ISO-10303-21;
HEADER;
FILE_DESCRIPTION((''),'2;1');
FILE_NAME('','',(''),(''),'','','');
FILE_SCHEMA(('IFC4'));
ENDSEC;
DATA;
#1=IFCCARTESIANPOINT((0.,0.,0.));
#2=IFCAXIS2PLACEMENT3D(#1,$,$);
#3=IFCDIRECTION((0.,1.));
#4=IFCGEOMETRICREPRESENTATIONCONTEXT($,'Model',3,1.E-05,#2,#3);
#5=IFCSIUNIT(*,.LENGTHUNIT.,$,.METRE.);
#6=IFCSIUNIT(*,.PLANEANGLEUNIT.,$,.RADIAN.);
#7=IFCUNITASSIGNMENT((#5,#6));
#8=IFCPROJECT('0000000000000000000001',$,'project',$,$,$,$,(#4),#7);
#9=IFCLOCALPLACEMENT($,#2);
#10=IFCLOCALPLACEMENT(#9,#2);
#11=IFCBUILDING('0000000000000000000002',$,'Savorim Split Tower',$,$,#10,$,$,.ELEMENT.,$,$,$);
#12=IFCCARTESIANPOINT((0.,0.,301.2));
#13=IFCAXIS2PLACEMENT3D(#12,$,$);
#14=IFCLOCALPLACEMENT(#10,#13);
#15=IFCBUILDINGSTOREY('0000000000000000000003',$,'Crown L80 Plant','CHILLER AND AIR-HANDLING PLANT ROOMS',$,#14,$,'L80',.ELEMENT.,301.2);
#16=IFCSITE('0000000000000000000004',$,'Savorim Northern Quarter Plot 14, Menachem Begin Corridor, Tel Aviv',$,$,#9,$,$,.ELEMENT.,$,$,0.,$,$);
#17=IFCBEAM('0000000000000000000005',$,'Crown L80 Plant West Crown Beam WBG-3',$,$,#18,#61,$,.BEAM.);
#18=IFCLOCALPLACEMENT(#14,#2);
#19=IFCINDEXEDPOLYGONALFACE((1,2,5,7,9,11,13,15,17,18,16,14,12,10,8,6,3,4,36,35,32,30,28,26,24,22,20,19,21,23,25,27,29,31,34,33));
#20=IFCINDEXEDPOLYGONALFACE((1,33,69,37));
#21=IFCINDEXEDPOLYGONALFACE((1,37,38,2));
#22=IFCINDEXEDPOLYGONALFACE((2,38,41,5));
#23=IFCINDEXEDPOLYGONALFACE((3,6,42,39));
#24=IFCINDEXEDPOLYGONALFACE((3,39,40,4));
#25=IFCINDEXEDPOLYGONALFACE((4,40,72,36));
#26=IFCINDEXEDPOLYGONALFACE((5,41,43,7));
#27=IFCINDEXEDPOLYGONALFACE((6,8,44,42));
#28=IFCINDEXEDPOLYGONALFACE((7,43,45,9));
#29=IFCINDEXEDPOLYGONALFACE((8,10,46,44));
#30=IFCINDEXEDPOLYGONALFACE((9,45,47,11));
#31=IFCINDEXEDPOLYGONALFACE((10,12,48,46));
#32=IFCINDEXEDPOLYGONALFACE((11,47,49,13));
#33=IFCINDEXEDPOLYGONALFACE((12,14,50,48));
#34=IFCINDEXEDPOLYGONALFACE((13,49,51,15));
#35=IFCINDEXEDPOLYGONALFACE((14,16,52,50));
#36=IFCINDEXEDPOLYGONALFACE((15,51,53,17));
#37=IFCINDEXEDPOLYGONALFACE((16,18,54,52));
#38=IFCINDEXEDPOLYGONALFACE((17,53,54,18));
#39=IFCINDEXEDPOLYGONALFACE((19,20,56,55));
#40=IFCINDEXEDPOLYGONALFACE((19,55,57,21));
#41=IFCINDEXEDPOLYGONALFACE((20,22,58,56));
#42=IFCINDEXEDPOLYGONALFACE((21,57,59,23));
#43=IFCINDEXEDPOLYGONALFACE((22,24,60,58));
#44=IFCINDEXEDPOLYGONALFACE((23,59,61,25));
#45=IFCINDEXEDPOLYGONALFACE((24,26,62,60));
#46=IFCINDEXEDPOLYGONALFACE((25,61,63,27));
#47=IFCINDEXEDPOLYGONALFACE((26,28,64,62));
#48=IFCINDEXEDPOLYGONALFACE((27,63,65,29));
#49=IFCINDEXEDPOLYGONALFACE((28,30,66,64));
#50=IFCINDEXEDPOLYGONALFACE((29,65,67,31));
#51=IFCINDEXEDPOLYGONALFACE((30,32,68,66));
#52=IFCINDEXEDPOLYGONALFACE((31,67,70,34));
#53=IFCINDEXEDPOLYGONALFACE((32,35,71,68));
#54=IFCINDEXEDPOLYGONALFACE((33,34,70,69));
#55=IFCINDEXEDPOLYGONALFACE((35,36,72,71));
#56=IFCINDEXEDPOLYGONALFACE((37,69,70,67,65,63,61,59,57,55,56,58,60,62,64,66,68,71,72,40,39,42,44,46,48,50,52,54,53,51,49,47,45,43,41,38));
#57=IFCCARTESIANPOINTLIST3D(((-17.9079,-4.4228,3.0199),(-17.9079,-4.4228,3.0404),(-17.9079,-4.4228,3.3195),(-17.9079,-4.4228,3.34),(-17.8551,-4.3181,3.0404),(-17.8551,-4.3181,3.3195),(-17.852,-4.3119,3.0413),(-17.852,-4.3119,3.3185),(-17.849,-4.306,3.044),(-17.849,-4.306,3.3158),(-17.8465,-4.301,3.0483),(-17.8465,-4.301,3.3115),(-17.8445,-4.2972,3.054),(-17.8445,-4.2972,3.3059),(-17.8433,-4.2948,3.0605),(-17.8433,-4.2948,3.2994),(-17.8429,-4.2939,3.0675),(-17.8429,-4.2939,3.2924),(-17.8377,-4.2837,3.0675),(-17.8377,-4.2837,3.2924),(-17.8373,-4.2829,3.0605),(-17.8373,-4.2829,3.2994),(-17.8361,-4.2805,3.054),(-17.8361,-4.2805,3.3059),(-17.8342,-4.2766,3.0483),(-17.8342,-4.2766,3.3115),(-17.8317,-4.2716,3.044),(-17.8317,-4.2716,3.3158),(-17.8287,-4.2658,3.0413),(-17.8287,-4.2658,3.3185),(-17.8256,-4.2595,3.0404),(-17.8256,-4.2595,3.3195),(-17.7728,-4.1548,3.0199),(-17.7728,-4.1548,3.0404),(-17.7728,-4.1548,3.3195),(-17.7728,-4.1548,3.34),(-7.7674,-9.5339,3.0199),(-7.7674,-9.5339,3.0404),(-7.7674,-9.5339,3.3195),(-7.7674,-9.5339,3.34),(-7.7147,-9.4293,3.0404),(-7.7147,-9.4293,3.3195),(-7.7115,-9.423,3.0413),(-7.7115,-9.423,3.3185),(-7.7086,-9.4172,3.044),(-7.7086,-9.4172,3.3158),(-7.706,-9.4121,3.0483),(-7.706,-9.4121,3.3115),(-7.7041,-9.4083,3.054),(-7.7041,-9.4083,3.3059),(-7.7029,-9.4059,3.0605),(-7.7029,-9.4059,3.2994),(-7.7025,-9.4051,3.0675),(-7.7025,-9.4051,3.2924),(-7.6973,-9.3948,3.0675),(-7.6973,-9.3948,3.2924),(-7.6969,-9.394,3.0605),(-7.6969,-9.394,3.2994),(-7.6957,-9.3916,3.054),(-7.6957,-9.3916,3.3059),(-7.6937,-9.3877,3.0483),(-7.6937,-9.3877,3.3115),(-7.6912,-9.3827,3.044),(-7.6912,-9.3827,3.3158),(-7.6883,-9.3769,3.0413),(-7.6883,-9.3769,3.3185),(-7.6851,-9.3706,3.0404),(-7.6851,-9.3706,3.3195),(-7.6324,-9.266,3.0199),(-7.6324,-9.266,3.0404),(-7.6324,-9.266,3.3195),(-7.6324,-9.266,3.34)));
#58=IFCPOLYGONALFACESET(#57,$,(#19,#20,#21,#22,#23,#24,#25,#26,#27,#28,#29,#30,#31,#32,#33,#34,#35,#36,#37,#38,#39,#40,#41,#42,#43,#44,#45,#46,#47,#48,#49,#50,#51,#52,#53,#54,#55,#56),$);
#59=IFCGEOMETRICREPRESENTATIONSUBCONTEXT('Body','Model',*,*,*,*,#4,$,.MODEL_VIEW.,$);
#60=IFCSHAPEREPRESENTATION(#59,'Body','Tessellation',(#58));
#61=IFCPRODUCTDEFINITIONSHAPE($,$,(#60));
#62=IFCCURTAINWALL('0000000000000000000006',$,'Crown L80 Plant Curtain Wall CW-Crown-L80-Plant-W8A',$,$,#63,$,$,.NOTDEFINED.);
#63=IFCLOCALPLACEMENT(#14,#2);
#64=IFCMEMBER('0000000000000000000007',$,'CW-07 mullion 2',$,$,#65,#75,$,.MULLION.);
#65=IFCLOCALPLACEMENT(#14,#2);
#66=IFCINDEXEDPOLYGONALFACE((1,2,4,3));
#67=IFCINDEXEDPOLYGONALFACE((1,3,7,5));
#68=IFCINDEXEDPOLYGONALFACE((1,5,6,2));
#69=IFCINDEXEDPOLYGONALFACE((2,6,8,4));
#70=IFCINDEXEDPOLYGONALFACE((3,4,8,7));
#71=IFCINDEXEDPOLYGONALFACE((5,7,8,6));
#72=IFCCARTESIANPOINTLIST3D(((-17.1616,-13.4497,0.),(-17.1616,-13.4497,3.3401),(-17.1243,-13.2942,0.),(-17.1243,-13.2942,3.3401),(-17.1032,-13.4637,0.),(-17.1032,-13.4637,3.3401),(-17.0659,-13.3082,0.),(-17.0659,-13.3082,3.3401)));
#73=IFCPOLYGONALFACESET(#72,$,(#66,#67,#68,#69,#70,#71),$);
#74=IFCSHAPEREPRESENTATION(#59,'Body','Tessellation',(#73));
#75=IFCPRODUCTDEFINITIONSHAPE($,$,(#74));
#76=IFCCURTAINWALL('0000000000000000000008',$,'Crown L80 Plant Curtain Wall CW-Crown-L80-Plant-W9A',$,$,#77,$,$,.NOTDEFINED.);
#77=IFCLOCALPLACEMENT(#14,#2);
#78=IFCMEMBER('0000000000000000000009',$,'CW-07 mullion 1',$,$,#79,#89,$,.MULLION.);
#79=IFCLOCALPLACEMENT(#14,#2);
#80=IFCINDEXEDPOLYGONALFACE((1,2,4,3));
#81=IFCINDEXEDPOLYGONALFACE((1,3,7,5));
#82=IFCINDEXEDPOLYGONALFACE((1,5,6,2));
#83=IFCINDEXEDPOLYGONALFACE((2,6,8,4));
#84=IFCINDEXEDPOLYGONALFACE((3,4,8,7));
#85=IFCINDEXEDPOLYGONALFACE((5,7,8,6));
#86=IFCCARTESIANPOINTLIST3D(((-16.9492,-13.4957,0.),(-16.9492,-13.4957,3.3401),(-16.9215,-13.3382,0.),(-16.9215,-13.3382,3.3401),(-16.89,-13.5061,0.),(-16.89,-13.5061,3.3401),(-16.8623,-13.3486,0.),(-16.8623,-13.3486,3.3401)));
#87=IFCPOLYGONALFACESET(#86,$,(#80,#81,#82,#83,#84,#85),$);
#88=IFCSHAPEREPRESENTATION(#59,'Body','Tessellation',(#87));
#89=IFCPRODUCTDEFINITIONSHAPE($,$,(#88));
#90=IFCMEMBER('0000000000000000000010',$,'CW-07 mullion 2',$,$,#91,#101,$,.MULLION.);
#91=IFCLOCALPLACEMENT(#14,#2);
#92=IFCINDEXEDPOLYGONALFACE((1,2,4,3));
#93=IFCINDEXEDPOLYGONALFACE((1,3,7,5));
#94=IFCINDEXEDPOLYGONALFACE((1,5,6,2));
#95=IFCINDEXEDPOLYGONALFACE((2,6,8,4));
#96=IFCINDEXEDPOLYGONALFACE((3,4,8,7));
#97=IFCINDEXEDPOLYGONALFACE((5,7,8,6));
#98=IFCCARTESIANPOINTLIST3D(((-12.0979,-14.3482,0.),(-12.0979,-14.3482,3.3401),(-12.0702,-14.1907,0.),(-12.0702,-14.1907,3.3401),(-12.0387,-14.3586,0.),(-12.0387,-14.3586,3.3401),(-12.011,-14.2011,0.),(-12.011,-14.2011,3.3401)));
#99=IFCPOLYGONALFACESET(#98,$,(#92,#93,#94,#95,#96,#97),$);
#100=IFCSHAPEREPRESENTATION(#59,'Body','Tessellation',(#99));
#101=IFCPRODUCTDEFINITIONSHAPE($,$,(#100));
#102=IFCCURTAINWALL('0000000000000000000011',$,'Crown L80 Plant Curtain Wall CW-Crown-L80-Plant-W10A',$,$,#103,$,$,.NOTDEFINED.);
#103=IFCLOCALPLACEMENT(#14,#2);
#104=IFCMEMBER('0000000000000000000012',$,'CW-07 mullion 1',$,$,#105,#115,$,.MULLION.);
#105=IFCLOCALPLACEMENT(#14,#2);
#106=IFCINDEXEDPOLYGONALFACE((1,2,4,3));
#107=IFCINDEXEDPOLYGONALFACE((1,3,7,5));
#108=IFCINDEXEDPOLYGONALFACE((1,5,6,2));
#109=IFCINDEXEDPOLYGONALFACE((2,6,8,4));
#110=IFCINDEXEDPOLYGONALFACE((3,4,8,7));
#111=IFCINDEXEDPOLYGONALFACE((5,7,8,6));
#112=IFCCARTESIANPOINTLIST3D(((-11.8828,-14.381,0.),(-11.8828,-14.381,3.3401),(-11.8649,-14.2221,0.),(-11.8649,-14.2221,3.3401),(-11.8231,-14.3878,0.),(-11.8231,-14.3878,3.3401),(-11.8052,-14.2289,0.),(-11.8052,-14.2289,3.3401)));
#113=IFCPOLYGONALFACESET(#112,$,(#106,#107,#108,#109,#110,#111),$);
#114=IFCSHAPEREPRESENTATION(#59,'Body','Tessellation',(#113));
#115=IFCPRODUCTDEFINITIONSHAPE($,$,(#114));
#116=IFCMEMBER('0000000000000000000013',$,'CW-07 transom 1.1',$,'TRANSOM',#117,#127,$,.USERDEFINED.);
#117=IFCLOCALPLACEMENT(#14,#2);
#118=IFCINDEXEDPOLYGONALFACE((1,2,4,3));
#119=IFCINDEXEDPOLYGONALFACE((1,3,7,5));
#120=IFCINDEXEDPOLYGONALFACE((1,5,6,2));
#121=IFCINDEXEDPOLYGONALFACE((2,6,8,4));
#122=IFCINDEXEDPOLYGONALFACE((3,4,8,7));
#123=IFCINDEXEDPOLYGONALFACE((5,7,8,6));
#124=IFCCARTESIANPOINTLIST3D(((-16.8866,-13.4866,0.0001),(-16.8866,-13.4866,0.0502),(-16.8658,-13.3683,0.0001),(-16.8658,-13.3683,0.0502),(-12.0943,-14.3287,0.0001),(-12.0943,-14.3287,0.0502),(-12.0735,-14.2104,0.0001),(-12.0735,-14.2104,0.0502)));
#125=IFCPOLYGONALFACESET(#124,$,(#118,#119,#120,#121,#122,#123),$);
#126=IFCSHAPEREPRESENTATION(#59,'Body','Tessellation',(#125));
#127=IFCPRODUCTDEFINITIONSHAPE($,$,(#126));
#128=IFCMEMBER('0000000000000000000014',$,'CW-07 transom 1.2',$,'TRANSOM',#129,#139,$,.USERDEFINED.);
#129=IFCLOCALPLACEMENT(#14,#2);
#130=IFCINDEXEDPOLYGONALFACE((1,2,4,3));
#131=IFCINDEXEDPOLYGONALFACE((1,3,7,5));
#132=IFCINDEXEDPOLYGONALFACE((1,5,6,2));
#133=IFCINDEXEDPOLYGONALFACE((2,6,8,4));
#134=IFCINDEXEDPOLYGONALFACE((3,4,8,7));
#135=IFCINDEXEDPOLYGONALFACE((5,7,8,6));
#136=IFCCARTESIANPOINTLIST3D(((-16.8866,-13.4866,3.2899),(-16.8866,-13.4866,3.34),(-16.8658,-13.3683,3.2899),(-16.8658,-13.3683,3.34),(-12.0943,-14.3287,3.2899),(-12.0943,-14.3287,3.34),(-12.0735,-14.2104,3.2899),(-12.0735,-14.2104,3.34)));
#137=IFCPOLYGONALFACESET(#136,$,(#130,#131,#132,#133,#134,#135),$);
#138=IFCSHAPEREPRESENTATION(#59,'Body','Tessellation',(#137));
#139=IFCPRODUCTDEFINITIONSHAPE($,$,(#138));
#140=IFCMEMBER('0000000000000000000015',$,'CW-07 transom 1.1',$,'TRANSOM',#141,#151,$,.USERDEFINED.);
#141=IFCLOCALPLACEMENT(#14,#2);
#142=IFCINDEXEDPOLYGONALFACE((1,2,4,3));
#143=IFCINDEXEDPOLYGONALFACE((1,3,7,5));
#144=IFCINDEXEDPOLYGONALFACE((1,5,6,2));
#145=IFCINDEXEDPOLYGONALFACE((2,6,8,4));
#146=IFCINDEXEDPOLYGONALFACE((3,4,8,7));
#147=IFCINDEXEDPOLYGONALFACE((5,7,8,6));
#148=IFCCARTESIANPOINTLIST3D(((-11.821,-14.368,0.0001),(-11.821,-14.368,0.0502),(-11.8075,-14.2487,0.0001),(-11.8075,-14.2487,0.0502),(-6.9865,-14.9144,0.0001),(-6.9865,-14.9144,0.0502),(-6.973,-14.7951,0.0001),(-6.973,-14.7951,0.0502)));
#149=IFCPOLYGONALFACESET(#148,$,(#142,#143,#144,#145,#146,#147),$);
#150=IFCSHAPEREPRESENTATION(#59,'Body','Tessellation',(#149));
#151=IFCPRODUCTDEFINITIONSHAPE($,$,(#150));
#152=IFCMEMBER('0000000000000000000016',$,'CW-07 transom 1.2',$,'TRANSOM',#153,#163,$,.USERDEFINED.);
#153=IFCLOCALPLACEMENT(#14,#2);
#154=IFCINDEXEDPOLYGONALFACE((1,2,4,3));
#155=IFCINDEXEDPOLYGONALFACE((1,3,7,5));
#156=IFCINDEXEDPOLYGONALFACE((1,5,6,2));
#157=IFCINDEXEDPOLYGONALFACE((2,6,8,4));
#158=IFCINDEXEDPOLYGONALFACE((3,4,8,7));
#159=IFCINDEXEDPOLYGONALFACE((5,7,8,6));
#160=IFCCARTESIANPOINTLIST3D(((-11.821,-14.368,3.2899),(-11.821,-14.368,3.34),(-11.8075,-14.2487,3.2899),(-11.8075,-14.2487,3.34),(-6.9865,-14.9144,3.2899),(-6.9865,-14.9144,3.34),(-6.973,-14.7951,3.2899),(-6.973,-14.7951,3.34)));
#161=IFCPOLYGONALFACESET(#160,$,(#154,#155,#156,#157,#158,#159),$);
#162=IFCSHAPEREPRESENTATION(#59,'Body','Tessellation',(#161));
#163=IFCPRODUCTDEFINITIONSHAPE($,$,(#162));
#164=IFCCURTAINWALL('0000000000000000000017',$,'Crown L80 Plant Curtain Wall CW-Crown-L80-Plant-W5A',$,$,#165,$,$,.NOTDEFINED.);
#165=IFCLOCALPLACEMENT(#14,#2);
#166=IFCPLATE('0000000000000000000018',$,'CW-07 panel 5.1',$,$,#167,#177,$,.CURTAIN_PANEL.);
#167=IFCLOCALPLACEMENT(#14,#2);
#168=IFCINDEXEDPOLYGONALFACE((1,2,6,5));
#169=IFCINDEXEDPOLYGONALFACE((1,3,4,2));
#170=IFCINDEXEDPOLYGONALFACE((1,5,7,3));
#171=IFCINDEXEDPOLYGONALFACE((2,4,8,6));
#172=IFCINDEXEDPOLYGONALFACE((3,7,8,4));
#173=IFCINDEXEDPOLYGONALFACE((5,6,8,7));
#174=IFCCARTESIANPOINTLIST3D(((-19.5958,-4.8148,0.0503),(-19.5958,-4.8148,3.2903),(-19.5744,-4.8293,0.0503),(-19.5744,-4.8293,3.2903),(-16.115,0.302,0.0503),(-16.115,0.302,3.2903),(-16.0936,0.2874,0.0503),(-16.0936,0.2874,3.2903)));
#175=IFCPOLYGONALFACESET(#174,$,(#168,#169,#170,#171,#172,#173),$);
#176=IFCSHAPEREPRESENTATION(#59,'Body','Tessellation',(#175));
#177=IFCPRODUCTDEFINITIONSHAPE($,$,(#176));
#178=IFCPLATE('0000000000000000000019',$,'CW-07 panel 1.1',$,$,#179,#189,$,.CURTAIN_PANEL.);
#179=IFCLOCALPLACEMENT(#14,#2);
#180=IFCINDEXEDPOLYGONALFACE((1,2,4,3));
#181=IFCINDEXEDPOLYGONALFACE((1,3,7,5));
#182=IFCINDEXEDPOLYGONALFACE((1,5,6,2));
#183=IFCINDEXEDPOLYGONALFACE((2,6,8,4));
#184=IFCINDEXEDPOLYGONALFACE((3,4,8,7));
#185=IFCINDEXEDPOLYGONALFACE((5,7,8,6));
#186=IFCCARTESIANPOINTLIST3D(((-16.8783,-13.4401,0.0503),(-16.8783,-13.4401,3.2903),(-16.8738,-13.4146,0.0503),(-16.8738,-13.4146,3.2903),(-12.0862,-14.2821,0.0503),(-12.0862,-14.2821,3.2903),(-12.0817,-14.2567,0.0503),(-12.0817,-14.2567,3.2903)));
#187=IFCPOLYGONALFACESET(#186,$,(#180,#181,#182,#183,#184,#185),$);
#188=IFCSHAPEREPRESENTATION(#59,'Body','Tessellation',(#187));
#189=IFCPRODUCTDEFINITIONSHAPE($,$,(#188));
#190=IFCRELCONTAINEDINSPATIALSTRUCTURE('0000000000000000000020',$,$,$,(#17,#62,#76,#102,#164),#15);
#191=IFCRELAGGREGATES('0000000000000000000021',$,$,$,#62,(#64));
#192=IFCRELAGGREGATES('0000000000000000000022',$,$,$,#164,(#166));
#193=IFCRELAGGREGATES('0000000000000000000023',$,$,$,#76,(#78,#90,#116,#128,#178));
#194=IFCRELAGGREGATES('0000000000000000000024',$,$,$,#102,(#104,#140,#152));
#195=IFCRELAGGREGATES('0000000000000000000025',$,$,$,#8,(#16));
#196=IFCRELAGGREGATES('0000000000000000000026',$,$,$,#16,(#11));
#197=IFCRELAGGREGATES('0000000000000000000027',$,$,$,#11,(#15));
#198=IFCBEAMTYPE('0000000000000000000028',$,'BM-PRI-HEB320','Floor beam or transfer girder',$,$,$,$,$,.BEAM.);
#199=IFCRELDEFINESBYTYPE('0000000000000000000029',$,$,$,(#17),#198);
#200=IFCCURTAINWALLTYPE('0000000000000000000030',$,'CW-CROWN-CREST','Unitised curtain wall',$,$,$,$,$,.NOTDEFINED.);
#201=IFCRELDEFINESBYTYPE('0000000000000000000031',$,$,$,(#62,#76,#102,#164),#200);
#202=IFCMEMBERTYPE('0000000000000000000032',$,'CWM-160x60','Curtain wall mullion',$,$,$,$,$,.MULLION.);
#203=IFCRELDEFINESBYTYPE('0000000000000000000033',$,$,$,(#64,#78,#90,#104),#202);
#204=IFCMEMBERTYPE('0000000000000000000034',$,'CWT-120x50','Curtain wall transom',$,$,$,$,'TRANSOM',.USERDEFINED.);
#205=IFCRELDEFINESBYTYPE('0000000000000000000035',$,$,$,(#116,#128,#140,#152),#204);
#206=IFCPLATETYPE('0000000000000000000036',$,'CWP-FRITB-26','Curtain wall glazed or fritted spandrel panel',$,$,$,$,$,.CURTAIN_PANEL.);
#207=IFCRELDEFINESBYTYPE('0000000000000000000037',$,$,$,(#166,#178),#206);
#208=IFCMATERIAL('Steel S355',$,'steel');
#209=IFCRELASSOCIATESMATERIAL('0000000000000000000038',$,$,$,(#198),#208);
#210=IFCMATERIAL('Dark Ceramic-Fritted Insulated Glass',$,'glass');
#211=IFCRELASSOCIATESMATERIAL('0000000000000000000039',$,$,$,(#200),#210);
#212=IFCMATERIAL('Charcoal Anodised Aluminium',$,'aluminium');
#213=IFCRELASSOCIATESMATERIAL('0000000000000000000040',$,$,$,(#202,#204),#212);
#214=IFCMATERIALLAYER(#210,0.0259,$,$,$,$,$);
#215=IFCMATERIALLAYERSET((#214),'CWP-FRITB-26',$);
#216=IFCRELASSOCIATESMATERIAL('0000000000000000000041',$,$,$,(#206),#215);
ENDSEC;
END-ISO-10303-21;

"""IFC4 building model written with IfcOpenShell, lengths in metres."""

from ifc_helpers import new_model, si_unit, direction, frame, origin, origin_2d, place, context, subcontext, project, spatial, rectangle, i_section, extrude, material, layer, layer_set, material_profile, profile_set, type_object, element, aggregate, save


model = new_model("IFC4")

# Units and contexts
model_context = context("Model", 3, precision=1e-05, world=origin(), true_north=direction((0.0, 1.0)))
body_context = subcontext(model_context, "Body", "Model", "MODEL_VIEW")
ifc_project = project(units=[si_unit("LENGTHUNIT", "METRE"), si_unit("PLANEANGLEUNIT", "RADIAN")], contexts=[model_context])

# Site, building, storey
site_placement = place(None, origin())
site = spatial("IfcSite", under=ifc_project, at=site_placement, Name="Savorim Northern Quarter Plot 14, Menachem Begin Corridor, Tel Aviv", CompositionType="ELEMENT", RefElevation=0.0)
building_placement = place(site_placement, origin())
building = spatial("IfcBuilding", under=site, at=building_placement, Name="Savorim Split Tower", CompositionType="ELEMENT")
storey_placement = place(building_placement, frame((0.0, 0.0, 301.2)))
storey = spatial("IfcBuildingStorey", under=building, at=storey_placement, Name="Crown L80 Plant", Description="CHILLER AND AIR-HANDLING PLANT ROOMS", LongName="L80", CompositionType="ELEMENT", Elevation=301.2)

# Shared definitions
ifc_material_1 = material(Name="Steel S355", Category="steel")

# Beam
ifc_material_profile_1 = material_profile(ifc_material_1, i_section(OverallWidth=0.3, OverallDepth=0.3201, WebThickness=0.0115, FlangeThickness=0.0205, FilletRadius=0.0271, at=origin_2d()), Name="HEB 320")
ifc_profile_set_1 = profile_set([ifc_material_profile_1], Name="Steel S355")
beam_type = type_object("IfcBeamType", Name="BM-PRI-HEB320", Description="Floor beam or transfer girder", PredefinedType="BEAM", material=ifc_profile_set_1)
beam_1_placement = place(storey_placement, frame((-17.8403, -4.2888, 3.1799), z_axis=(0.892982, -0.450092, 0.0), x_axis=(0.450092, 0.892982, 0.0)))
element("IfcBeam", 1, at=beam_1_placement, inside=storey, type_object=beam_type, Name="Crown L80 Plant West Crown Beam WBG-3", PredefinedType="BEAM", context=body_context, shape_type="SweptSolid", body=[
    extrude(i_section(OverallWidth=0.3, OverallDepth=0.3201, WebThickness=0.0115, FlangeThickness=0.0205, FilletRadius=0.0271, at=origin_2d()), origin(), (0.0, 0.0, 1.0), 11.3557),
])

# Curtain wall, member
ifc_material_2 = material(Name="Dark Ceramic-Fritted Insulated Glass", Category="glass")
curtain_wall_type = type_object("IfcCurtainWallType", Name="CW-CROWN-CREST", Description="Unitised curtain wall", PredefinedType="NOTDEFINED", material=ifc_material_2)
curtain_wall_1_placement = place(storey_placement, origin())
curtain_wall_1 = element("IfcCurtainWall", 2, at=curtain_wall_1_placement, inside=storey, type_object=curtain_wall_type, Name="Crown L80 Plant Curtain Wall CW-Crown-L80-Plant-W8A", PredefinedType="NOTDEFINED")
ifc_material_3 = material(Name="Charcoal Anodised Aluminium", Category="aluminium")
ifc_material_profile_2 = material_profile(ifc_material_3, rectangle(XDim=0.1599, YDim=0.0601, at=origin_2d()), Name="ALU-M 160x60")
ifc_profile_set_2 = profile_set([ifc_material_profile_2], Name="Charcoal Anodised Aluminium")
member_type_1 = type_object("IfcMemberType", Name="CWM-160x60", Description="Curtain wall mullion", PredefinedType="MULLION", material=ifc_profile_set_2)
member_1_placement = place(storey_placement, frame((-17.1138, -13.3789, 0.0), z_axis=(0.0, 0.0, 1.0), x_axis=(0.233157, 0.972439, 0.0)))
member_1 = element("IfcMember", 3, at=member_1_placement, type_object=member_type_1, Name="CW-07 mullion 2", PredefinedType="MULLION", context=body_context, shape_type="SweptSolid", body=[
    extrude(rectangle(XDim=0.1599, YDim=0.0601, at=origin_2d()), origin(), (0.0, 0.0, 1.0), 3.3401),
])
aggregate(curtain_wall_1, [member_1])

# Curtain wall, members
curtain_wall_2_placement = place(storey_placement, origin())
curtain_wall_2 = element("IfcCurtainWall", 4, at=curtain_wall_2_placement, inside=storey, type_object=curtain_wall_type, Name="Crown L80 Plant Curtain Wall CW-Crown-L80-Plant-W9A", PredefinedType="NOTDEFINED")
member_2_placement = place(storey_placement, frame((-16.9058, -13.4221, 0.0), z_axis=(0.0, 0.0, 1.0), x_axis=(0.173061, 0.984911, 0.0)))
member_2 = element("IfcMember", 5, at=member_2_placement, type_object=member_type_1, Name="CW-07 mullion 1", PredefinedType="MULLION", context=body_context, shape_type="SweptSolid", body=[
    extrude(rectangle(XDim=0.1599, YDim=0.0601, at=origin_2d()), origin(), (0.0, 0.0, 1.0), 3.3401),
])
member_3_placement = place(storey_placement, frame((-12.0544, -14.2747, 0.0), z_axis=(0.0, 0.0, 1.0), x_axis=(0.173061, 0.984911, 0.0)))
member_3 = element("IfcMember", 6, at=member_3_placement, type_object=member_type_1, Name="CW-07 mullion 2", PredefinedType="MULLION", context=body_context, shape_type="SweptSolid", body=[
    extrude(rectangle(XDim=0.1599, YDim=0.0601, at=origin_2d()), origin(), (0.0, 0.0, 1.0), 3.3401),
])

# Curtain wall, member
curtain_wall_3_placement = place(storey_placement, origin())
curtain_wall_3 = element("IfcCurtainWall", 7, at=curtain_wall_3_placement, inside=storey, type_object=curtain_wall_type, Name="Crown L80 Plant Curtain Wall CW-Crown-L80-Plant-W10A", PredefinedType="NOTDEFINED")
member_4_placement = place(storey_placement, frame((-11.844, -14.3049, 0.0), z_axis=(0.0, 0.0, 1.0), x_axis=(0.112327, 0.993671, 0.0)))
member_4 = element("IfcMember", 8, at=member_4_placement, type_object=member_type_1, Name="CW-07 mullion 1", PredefinedType="MULLION", context=body_context, shape_type="SweptSolid", body=[
    extrude(rectangle(XDim=0.1599, YDim=0.0601, at=origin_2d()), origin(), (0.0, 0.0, 1.0), 3.3401),
])

# Members
ifc_material_profile_3 = material_profile(ifc_material_3, rectangle(XDim=0.1201, YDim=0.05, at=origin_2d()), Name="ALU-T 120x50")
ifc_profile_set_3 = profile_set([ifc_material_profile_3], Name="Charcoal Anodised Aluminium")
member_type_2 = type_object("IfcMemberType", Name="CWT-120x50", Description="Curtain wall transom", ElementType="TRANSOM", PredefinedType="USERDEFINED", material=ifc_profile_set_3)
member_5_placement = place(storey_placement, frame((-16.8762, -13.4275, 0.0251), z_axis=(0.984912, -0.173058, 0.0), x_axis=(0.173058, 0.984912, 0.0)))
member_5 = element("IfcMember", 9, at=member_5_placement, type_object=member_type_2, Name="CW-07 transom 1.1", ObjectType="TRANSOM", PredefinedType="USERDEFINED", context=body_context, shape_type="SweptSolid", body=[
    extrude(rectangle(XDim=0.1201, YDim=0.05, at=origin_2d()), origin(), (0.0, 0.0, 1.0), 4.8657),
])
member_6_placement = place(storey_placement, frame((-16.8762, -13.4275, 3.3149), z_axis=(0.984912, -0.173058, 0.0), x_axis=(0.173058, 0.984912, 0.0)))
member_6 = element("IfcMember", 10, at=member_6_placement, type_object=member_type_2, Name="CW-07 transom 1.2", ObjectType="TRANSOM", PredefinedType="USERDEFINED", context=body_context, shape_type="SweptSolid", body=[
    extrude(rectangle(XDim=0.1201, YDim=0.05, at=origin_2d()), origin(), (0.0, 0.0, 1.0), 4.8657),
])
member_7_placement = place(storey_placement, frame((-11.8142, -14.3083, 0.0251), z_axis=(0.993674, -0.112304, 0.0), x_axis=(0.112304, 0.993674, 0.0)))
member_7 = element("IfcMember", 11, at=member_7_placement, type_object=member_type_2, Name="CW-07 transom 1.1", ObjectType="TRANSOM", PredefinedType="USERDEFINED", context=body_context, shape_type="SweptSolid", body=[
    extrude(rectangle(XDim=0.1201, YDim=0.05, at=origin_2d()), origin(), (0.0, 0.0, 1.0), 4.8652),
])
member_8_placement = place(storey_placement, frame((-11.8142, -14.3083, 3.3149), z_axis=(0.993674, -0.112304, 0.0), x_axis=(0.112304, 0.993674, 0.0)))
member_8 = element("IfcMember", 12, at=member_8_placement, type_object=member_type_2, Name="CW-07 transom 1.2", ObjectType="TRANSOM", PredefinedType="USERDEFINED", context=body_context, shape_type="SweptSolid", body=[
    extrude(rectangle(XDim=0.1201, YDim=0.05, at=origin_2d()), origin(), (0.0, 0.0, 1.0), 4.8652),
])

# Curtain wall, plate
curtain_wall_4_placement = place(storey_placement, origin())
curtain_wall_4 = element("IfcCurtainWall", 13, at=curtain_wall_4_placement, inside=storey, type_object=curtain_wall_type, Name="Crown L80 Plant Curtain Wall CW-Crown-L80-Plant-W5A", PredefinedType="NOTDEFINED")
ifc_layer_1 = layer(ifc_material_2, 0.0259)
ifc_layer_set_1 = layer_set([ifc_layer_1], Name="CWP-FRITB-26")
plate_type = type_object("IfcPlateType", Name="CWP-FRITB-26", Description="Curtain wall glazed or fritted spandrel panel", PredefinedType="CURTAIN_PANEL", material=ifc_layer_set_1)
plate_1_placement = place(storey_placement, frame((-17.8447, -2.2637, 0.0503), z_axis=(0.0, 0.0, 1.0), x_axis=(-0.562465, -0.826821, 0.0)))
plate_1 = element("IfcPlate", 14, at=plate_1_placement, type_object=plate_type, Name="CW-07 panel 5.1", PredefinedType="CURTAIN_PANEL", context=body_context, shape_type="SweptSolid", body=[
    extrude(rectangle(XDim=6.1885, YDim=0.0259, at=origin_2d()), origin(), (0.0, 0.0, 1.0), 3.24),
])
aggregate(curtain_wall_4, [plate_1])

# Plate
plate_2_placement = place(storey_placement, frame((-14.48, -13.8484, 0.0503), z_axis=(0.0, 0.0, 1.0), x_axis=(0.984911, -0.173061, 0.0)))
plate_2 = element("IfcPlate", 15, at=plate_2_placement, type_object=plate_type, Name="CW-07 panel 1.1", PredefinedType="CURTAIN_PANEL", context=body_context, shape_type="SweptSolid", body=[
    extrude(rectangle(XDim=4.8655, YDim=0.0259, at=origin_2d()), origin(), (0.0, 0.0, 1.0), 3.24),
])
aggregate(curtain_wall_2, [member_2, member_3, member_5, member_6, plate_2])
aggregate(curtain_wall_3, [member_4, member_7, member_8])

save(model, "model.ifc")
